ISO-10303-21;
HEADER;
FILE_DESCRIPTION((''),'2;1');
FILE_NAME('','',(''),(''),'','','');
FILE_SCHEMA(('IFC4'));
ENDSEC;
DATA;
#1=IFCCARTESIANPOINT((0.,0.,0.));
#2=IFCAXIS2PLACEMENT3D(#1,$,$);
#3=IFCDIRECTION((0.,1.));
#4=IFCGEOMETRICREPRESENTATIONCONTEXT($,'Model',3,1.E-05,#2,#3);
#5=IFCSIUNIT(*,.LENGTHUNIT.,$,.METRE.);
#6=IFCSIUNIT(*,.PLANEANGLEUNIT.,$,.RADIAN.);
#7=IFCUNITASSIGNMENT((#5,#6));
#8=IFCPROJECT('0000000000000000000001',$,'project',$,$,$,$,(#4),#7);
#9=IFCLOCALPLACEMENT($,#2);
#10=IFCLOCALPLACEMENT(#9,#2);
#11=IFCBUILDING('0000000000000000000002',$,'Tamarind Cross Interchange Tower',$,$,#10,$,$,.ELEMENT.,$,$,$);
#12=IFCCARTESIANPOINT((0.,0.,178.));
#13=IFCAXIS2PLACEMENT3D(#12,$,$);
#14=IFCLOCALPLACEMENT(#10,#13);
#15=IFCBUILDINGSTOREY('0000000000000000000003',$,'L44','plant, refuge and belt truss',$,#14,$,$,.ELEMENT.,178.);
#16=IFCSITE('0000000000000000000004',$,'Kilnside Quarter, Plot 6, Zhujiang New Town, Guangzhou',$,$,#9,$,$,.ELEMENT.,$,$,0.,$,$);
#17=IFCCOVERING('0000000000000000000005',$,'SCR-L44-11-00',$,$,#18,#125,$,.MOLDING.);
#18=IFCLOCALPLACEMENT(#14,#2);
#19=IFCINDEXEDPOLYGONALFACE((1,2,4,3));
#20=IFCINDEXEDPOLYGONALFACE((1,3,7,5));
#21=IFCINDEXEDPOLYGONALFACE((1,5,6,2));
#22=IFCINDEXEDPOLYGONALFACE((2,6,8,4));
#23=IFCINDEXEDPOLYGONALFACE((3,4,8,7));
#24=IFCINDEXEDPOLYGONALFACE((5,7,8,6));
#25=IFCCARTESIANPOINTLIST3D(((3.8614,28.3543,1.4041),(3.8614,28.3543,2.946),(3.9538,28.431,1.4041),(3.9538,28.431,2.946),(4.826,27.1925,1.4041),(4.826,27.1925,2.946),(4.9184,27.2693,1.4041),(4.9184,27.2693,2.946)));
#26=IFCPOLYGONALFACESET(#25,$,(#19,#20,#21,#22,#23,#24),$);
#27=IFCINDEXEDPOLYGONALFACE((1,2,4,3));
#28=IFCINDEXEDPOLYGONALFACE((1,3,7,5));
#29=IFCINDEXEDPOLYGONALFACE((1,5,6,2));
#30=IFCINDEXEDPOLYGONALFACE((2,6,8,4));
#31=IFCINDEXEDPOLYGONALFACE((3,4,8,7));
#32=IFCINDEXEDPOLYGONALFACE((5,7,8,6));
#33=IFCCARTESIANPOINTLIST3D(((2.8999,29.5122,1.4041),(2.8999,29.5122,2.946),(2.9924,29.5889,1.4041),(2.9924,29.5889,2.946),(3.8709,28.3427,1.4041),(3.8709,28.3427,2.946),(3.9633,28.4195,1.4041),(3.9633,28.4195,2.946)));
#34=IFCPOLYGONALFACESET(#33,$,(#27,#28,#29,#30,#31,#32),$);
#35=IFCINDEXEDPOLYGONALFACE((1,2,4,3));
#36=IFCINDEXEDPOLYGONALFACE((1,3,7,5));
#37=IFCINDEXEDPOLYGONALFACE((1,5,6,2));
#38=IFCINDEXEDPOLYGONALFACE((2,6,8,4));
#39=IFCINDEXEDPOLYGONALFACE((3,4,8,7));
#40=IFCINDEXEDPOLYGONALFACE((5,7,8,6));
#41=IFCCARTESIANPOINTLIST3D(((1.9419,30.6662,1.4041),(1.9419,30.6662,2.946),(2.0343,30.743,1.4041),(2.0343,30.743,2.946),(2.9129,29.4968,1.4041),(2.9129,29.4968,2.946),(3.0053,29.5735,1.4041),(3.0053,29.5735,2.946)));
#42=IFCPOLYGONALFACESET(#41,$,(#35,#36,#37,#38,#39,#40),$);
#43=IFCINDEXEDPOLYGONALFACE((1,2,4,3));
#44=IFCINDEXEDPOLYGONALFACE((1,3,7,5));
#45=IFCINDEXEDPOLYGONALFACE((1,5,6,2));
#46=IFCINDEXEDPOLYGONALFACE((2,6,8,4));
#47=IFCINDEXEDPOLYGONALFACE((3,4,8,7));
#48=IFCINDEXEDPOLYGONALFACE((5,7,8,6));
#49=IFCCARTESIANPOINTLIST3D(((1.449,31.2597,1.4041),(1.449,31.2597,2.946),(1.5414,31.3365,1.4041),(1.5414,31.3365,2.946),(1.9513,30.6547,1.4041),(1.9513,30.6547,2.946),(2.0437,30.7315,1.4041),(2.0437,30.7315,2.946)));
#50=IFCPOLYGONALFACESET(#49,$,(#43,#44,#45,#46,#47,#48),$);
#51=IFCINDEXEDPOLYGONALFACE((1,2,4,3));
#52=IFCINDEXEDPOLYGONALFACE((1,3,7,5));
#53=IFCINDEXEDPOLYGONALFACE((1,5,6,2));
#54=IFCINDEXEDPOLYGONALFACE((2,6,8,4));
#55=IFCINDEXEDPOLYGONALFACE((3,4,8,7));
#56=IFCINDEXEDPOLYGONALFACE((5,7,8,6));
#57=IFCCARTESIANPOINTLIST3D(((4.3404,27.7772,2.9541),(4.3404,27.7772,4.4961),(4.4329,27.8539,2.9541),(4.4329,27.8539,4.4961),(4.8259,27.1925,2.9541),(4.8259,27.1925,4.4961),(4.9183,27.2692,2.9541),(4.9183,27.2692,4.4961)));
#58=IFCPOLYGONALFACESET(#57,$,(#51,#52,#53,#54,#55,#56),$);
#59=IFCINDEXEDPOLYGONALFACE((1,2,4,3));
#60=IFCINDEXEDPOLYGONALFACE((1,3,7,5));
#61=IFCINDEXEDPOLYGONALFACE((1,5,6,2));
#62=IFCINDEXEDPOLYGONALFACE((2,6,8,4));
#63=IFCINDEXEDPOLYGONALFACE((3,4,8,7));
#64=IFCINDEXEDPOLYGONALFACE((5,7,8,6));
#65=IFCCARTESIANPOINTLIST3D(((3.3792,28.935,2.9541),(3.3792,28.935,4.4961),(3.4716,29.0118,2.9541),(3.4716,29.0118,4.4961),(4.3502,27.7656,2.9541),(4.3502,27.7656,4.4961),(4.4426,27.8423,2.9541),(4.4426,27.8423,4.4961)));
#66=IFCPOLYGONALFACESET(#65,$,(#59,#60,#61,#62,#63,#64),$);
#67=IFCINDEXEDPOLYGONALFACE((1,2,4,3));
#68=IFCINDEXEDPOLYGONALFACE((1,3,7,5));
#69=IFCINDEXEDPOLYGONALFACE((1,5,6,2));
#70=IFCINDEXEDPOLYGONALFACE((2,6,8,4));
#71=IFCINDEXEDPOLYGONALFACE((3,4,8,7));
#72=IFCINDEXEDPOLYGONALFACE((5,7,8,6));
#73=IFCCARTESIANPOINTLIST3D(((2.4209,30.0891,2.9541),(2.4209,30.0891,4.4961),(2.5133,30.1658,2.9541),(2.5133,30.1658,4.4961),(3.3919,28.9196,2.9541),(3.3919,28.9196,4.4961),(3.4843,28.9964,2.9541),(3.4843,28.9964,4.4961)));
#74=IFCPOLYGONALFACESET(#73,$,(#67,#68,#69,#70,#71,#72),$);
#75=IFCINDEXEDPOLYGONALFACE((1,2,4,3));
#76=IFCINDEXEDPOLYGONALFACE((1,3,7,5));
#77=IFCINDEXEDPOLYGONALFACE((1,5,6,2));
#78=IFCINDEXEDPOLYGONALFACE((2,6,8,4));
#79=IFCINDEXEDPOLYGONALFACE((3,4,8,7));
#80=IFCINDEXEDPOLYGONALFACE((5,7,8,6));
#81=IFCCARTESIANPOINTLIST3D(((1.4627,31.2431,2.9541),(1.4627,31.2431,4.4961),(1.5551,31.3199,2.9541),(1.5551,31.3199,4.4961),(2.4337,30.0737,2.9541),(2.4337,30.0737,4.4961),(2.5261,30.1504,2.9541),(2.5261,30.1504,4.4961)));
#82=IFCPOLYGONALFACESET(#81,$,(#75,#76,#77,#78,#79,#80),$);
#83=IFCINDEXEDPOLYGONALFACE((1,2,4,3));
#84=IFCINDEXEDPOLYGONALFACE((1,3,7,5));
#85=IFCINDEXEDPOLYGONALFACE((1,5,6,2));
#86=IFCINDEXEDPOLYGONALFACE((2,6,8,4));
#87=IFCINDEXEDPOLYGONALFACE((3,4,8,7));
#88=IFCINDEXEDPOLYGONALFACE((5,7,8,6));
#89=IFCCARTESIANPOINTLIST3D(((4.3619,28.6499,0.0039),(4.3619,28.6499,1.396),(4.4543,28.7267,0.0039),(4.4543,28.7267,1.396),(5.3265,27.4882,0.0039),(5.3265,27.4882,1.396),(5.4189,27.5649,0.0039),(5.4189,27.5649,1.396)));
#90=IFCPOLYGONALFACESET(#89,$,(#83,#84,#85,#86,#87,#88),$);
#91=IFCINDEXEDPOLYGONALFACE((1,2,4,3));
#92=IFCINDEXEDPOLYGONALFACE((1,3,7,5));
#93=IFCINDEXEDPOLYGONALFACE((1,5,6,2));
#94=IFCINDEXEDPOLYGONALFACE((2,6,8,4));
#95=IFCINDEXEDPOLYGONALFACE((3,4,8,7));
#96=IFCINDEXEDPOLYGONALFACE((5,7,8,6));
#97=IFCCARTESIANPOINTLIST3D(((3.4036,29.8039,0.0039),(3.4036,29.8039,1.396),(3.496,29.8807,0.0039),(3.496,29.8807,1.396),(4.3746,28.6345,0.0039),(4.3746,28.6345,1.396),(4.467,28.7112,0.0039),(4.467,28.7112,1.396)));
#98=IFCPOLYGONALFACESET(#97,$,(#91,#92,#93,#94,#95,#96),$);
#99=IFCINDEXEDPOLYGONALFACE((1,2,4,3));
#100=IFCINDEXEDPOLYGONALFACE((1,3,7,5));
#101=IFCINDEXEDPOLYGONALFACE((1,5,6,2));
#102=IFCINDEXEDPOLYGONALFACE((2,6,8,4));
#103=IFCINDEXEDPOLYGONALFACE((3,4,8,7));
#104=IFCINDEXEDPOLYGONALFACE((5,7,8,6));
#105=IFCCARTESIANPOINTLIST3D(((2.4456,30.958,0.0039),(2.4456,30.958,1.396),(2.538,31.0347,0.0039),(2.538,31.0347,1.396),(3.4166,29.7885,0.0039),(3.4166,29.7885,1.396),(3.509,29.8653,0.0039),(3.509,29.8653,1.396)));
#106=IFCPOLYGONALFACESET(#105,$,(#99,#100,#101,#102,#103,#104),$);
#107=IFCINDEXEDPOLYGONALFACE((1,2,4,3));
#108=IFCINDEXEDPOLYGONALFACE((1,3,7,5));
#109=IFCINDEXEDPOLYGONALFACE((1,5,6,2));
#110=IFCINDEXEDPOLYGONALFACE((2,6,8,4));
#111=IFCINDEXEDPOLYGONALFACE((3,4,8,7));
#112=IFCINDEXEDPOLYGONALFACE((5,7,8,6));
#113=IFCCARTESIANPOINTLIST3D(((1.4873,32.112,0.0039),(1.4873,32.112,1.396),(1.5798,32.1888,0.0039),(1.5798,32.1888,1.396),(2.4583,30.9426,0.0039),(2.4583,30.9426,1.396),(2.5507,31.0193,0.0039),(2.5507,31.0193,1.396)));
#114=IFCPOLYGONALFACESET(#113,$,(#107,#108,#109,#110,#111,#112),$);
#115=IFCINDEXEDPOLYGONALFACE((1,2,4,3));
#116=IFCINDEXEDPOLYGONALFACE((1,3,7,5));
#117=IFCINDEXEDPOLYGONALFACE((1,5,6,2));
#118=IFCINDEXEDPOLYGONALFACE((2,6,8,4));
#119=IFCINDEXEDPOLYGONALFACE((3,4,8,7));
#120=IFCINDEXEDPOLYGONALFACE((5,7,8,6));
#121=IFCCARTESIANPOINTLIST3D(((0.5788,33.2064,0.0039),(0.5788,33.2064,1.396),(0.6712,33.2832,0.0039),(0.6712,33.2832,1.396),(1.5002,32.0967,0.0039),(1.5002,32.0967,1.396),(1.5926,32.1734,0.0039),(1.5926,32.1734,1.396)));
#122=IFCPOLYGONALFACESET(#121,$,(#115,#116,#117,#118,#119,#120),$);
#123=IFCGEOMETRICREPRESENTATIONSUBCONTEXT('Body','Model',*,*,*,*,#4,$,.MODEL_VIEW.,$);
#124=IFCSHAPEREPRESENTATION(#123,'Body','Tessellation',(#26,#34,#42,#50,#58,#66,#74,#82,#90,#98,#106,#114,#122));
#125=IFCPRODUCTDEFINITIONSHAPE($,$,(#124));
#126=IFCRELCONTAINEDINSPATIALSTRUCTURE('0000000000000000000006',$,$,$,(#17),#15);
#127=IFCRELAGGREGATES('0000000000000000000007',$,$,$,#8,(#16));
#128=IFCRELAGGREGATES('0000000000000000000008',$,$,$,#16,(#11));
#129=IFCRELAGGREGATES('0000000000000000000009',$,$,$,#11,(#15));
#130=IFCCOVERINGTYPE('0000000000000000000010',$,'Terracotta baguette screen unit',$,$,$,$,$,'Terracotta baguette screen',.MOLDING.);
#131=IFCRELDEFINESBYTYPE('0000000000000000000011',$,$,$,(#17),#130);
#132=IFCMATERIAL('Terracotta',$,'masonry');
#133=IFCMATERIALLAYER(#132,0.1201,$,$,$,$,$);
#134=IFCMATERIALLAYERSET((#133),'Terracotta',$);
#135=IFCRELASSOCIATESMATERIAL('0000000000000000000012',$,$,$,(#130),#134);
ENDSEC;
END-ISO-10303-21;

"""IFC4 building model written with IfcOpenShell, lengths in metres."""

from ifc_helpers import new_model, si_unit, direction, frame, origin, origin_2d, place, context, subcontext, project, spatial, rectangle, extrude, material, layer, layer_set, type_object, element, save


model = new_model("IFC4")

# Units and contexts
model_context = context("Model", 3, precision=1e-05, world=origin(), true_north=direction((0.0, 1.0)))
body_context = subcontext(model_context, "Body", "Model", "MODEL_VIEW")
ifc_project = project(units=[si_unit("LENGTHUNIT", "METRE"), si_unit("PLANEANGLEUNIT", "RADIAN")], contexts=[model_context])

# Site, building, storey
site_placement = place(None, origin())
site = spatial("IfcSite", under=ifc_project, at=site_placement, Name="Kilnside Quarter, Plot 6, Zhujiang New Town, Guangzhou", CompositionType="ELEMENT", RefElevation=0.0)
building_placement = place(site_placement, origin())
building = spatial("IfcBuilding", under=site, at=building_placement, Name="Tamarind Cross Interchange Tower", CompositionType="ELEMENT")
storey_placement = place(building_placement, frame((0.0, 0.0, 178.0)))
storey = spatial("IfcBuildingStorey", under=building, at=storey_placement, Name="L44", Description="plant, refuge and belt truss", CompositionType="ELEMENT", Elevation=178.0)

# Covering
ifc_material_1 = material(Name="Terracotta", Category="masonry")
ifc_layer_1 = layer(ifc_material_1, 0.1201)
ifc_layer_set_1 = layer_set([ifc_layer_1], Name="Terracotta")
covering_type = type_object("IfcCoveringType", Name="Terracotta baguette screen unit", ElementType="Terracotta baguette screen", PredefinedType="MOLDING", material=ifc_layer_set_1)
covering_1_placement = place(storey_placement, origin())
element("IfcCovering", 1, at=covering_1_placement, inside=storey, type_object=covering_type, Name="SCR-L44-11-00", PredefinedType="MOLDING", context=body_context, shape_type="SweptSolid", body=[
    extrude(rectangle(XDim=1.51, YDim=0.1201, at=origin_2d()), frame((4.3899, 27.8118, 1.4041), z_axis=(0.0, 0.0, 1.0), x_axis=(-0.6388, 0.769373, 0.0)), (0.0, 0.0, 1.0), 1.542),
    extrude(rectangle(XDim=1.52, YDim=0.1201, at=origin_2d()), frame((3.4316, 28.9658, 1.4041), z_axis=(0.0, 0.0, 1.0), x_axis=(-0.6388, 0.769373, 0.0)), (0.0, 0.0, 1.0), 1.542),
    extrude(rectangle(XDim=1.52, YDim=0.1201, at=origin_2d()), frame((2.4736, 30.1199, 1.4041), z_axis=(0.0, 0.0, 1.0), x_axis=(-0.6388, 0.769373, 0.0)), (0.0, 0.0, 1.0), 1.542),
    extrude(rectangle(XDim=0.7864, YDim=0.1201, at=origin_2d()), frame((1.7463, 30.9956, 1.4041), z_axis=(0.0, 0.0, 1.0), x_axis=(-0.6388, 0.769373, 0.0)), (0.0, 0.0, 1.0), 1.542),
    extrude(rectangle(XDim=0.76, YDim=0.1201, at=origin_2d()), frame((4.6294, 27.5232, 2.9541), z_axis=(0.0, 0.0, 1.0), x_axis=(-0.6388, 0.769373, 0.0)), (0.0, 0.0, 1.0), 1.542),
    extrude(rectangle(XDim=1.52, YDim=0.1201, at=origin_2d()), frame((3.9109, 28.3887, 2.9541), z_axis=(0.0, 0.0, 1.0), x_axis=(-0.6388, 0.769373, 0.0)), (0.0, 0.0, 1.0), 1.542),
    extrude(rectangle(XDim=1.52, YDim=0.1201, at=origin_2d()), frame((2.9526, 29.5427, 2.9541), z_axis=(0.0, 0.0, 1.0), x_axis=(-0.6388, 0.769373, 0.0)), (0.0, 0.0, 1.0), 1.542),
    extrude(rectangle(XDim=1.52, YDim=0.1201, at=origin_2d()), frame((1.9944, 30.6968, 2.9541), z_axis=(0.0, 0.0, 1.0), x_axis=(-0.6388, 0.769373, 0.0)), (0.0, 0.0, 1.0), 1.542),
    extrude(rectangle(XDim=1.51, YDim=0.1201, at=origin_2d()), frame((4.8904, 28.1074, 0.0039), z_axis=(0.0, 0.0, 1.0), x_axis=(-0.6388, 0.769373, 0.0)), (0.0, 0.0, 1.0), 1.3921),
    extrude(rectangle(XDim=1.52, YDim=0.1201, at=origin_2d()), frame((3.9353, 29.2576, 0.0039), z_axis=(0.0, 0.0, 1.0), x_axis=(-0.6388, 0.769373, 0.0)), (0.0, 0.0, 1.0), 1.3921),
    extrude(rectangle(XDim=1.52, YDim=0.1201, at=origin_2d()), frame((2.9773, 30.4116, 0.0039), z_axis=(0.0, 0.0, 1.0), x_axis=(-0.6388, 0.769373, 0.0)), (0.0, 0.0, 1.0), 1.3921),
    extrude(rectangle(XDim=1.52, YDim=0.1201, at=origin_2d()), frame((2.019, 31.5657, 0.0039), z_axis=(0.0, 0.0, 1.0), x_axis=(-0.6388, 0.769373, 0.0)), (0.0, 0.0, 1.0), 1.3921),
    extrude(rectangle(XDim=1.4424, YDim=0.1201, at=origin_2d()), frame((1.0857, 32.6899, 0.0039), z_axis=(0.0, 0.0, 1.0), x_axis=(-0.6388, 0.769373, 0.0)), (0.0, 0.0, 1.0), 1.3921),
])

save(model, "model.ifc")
